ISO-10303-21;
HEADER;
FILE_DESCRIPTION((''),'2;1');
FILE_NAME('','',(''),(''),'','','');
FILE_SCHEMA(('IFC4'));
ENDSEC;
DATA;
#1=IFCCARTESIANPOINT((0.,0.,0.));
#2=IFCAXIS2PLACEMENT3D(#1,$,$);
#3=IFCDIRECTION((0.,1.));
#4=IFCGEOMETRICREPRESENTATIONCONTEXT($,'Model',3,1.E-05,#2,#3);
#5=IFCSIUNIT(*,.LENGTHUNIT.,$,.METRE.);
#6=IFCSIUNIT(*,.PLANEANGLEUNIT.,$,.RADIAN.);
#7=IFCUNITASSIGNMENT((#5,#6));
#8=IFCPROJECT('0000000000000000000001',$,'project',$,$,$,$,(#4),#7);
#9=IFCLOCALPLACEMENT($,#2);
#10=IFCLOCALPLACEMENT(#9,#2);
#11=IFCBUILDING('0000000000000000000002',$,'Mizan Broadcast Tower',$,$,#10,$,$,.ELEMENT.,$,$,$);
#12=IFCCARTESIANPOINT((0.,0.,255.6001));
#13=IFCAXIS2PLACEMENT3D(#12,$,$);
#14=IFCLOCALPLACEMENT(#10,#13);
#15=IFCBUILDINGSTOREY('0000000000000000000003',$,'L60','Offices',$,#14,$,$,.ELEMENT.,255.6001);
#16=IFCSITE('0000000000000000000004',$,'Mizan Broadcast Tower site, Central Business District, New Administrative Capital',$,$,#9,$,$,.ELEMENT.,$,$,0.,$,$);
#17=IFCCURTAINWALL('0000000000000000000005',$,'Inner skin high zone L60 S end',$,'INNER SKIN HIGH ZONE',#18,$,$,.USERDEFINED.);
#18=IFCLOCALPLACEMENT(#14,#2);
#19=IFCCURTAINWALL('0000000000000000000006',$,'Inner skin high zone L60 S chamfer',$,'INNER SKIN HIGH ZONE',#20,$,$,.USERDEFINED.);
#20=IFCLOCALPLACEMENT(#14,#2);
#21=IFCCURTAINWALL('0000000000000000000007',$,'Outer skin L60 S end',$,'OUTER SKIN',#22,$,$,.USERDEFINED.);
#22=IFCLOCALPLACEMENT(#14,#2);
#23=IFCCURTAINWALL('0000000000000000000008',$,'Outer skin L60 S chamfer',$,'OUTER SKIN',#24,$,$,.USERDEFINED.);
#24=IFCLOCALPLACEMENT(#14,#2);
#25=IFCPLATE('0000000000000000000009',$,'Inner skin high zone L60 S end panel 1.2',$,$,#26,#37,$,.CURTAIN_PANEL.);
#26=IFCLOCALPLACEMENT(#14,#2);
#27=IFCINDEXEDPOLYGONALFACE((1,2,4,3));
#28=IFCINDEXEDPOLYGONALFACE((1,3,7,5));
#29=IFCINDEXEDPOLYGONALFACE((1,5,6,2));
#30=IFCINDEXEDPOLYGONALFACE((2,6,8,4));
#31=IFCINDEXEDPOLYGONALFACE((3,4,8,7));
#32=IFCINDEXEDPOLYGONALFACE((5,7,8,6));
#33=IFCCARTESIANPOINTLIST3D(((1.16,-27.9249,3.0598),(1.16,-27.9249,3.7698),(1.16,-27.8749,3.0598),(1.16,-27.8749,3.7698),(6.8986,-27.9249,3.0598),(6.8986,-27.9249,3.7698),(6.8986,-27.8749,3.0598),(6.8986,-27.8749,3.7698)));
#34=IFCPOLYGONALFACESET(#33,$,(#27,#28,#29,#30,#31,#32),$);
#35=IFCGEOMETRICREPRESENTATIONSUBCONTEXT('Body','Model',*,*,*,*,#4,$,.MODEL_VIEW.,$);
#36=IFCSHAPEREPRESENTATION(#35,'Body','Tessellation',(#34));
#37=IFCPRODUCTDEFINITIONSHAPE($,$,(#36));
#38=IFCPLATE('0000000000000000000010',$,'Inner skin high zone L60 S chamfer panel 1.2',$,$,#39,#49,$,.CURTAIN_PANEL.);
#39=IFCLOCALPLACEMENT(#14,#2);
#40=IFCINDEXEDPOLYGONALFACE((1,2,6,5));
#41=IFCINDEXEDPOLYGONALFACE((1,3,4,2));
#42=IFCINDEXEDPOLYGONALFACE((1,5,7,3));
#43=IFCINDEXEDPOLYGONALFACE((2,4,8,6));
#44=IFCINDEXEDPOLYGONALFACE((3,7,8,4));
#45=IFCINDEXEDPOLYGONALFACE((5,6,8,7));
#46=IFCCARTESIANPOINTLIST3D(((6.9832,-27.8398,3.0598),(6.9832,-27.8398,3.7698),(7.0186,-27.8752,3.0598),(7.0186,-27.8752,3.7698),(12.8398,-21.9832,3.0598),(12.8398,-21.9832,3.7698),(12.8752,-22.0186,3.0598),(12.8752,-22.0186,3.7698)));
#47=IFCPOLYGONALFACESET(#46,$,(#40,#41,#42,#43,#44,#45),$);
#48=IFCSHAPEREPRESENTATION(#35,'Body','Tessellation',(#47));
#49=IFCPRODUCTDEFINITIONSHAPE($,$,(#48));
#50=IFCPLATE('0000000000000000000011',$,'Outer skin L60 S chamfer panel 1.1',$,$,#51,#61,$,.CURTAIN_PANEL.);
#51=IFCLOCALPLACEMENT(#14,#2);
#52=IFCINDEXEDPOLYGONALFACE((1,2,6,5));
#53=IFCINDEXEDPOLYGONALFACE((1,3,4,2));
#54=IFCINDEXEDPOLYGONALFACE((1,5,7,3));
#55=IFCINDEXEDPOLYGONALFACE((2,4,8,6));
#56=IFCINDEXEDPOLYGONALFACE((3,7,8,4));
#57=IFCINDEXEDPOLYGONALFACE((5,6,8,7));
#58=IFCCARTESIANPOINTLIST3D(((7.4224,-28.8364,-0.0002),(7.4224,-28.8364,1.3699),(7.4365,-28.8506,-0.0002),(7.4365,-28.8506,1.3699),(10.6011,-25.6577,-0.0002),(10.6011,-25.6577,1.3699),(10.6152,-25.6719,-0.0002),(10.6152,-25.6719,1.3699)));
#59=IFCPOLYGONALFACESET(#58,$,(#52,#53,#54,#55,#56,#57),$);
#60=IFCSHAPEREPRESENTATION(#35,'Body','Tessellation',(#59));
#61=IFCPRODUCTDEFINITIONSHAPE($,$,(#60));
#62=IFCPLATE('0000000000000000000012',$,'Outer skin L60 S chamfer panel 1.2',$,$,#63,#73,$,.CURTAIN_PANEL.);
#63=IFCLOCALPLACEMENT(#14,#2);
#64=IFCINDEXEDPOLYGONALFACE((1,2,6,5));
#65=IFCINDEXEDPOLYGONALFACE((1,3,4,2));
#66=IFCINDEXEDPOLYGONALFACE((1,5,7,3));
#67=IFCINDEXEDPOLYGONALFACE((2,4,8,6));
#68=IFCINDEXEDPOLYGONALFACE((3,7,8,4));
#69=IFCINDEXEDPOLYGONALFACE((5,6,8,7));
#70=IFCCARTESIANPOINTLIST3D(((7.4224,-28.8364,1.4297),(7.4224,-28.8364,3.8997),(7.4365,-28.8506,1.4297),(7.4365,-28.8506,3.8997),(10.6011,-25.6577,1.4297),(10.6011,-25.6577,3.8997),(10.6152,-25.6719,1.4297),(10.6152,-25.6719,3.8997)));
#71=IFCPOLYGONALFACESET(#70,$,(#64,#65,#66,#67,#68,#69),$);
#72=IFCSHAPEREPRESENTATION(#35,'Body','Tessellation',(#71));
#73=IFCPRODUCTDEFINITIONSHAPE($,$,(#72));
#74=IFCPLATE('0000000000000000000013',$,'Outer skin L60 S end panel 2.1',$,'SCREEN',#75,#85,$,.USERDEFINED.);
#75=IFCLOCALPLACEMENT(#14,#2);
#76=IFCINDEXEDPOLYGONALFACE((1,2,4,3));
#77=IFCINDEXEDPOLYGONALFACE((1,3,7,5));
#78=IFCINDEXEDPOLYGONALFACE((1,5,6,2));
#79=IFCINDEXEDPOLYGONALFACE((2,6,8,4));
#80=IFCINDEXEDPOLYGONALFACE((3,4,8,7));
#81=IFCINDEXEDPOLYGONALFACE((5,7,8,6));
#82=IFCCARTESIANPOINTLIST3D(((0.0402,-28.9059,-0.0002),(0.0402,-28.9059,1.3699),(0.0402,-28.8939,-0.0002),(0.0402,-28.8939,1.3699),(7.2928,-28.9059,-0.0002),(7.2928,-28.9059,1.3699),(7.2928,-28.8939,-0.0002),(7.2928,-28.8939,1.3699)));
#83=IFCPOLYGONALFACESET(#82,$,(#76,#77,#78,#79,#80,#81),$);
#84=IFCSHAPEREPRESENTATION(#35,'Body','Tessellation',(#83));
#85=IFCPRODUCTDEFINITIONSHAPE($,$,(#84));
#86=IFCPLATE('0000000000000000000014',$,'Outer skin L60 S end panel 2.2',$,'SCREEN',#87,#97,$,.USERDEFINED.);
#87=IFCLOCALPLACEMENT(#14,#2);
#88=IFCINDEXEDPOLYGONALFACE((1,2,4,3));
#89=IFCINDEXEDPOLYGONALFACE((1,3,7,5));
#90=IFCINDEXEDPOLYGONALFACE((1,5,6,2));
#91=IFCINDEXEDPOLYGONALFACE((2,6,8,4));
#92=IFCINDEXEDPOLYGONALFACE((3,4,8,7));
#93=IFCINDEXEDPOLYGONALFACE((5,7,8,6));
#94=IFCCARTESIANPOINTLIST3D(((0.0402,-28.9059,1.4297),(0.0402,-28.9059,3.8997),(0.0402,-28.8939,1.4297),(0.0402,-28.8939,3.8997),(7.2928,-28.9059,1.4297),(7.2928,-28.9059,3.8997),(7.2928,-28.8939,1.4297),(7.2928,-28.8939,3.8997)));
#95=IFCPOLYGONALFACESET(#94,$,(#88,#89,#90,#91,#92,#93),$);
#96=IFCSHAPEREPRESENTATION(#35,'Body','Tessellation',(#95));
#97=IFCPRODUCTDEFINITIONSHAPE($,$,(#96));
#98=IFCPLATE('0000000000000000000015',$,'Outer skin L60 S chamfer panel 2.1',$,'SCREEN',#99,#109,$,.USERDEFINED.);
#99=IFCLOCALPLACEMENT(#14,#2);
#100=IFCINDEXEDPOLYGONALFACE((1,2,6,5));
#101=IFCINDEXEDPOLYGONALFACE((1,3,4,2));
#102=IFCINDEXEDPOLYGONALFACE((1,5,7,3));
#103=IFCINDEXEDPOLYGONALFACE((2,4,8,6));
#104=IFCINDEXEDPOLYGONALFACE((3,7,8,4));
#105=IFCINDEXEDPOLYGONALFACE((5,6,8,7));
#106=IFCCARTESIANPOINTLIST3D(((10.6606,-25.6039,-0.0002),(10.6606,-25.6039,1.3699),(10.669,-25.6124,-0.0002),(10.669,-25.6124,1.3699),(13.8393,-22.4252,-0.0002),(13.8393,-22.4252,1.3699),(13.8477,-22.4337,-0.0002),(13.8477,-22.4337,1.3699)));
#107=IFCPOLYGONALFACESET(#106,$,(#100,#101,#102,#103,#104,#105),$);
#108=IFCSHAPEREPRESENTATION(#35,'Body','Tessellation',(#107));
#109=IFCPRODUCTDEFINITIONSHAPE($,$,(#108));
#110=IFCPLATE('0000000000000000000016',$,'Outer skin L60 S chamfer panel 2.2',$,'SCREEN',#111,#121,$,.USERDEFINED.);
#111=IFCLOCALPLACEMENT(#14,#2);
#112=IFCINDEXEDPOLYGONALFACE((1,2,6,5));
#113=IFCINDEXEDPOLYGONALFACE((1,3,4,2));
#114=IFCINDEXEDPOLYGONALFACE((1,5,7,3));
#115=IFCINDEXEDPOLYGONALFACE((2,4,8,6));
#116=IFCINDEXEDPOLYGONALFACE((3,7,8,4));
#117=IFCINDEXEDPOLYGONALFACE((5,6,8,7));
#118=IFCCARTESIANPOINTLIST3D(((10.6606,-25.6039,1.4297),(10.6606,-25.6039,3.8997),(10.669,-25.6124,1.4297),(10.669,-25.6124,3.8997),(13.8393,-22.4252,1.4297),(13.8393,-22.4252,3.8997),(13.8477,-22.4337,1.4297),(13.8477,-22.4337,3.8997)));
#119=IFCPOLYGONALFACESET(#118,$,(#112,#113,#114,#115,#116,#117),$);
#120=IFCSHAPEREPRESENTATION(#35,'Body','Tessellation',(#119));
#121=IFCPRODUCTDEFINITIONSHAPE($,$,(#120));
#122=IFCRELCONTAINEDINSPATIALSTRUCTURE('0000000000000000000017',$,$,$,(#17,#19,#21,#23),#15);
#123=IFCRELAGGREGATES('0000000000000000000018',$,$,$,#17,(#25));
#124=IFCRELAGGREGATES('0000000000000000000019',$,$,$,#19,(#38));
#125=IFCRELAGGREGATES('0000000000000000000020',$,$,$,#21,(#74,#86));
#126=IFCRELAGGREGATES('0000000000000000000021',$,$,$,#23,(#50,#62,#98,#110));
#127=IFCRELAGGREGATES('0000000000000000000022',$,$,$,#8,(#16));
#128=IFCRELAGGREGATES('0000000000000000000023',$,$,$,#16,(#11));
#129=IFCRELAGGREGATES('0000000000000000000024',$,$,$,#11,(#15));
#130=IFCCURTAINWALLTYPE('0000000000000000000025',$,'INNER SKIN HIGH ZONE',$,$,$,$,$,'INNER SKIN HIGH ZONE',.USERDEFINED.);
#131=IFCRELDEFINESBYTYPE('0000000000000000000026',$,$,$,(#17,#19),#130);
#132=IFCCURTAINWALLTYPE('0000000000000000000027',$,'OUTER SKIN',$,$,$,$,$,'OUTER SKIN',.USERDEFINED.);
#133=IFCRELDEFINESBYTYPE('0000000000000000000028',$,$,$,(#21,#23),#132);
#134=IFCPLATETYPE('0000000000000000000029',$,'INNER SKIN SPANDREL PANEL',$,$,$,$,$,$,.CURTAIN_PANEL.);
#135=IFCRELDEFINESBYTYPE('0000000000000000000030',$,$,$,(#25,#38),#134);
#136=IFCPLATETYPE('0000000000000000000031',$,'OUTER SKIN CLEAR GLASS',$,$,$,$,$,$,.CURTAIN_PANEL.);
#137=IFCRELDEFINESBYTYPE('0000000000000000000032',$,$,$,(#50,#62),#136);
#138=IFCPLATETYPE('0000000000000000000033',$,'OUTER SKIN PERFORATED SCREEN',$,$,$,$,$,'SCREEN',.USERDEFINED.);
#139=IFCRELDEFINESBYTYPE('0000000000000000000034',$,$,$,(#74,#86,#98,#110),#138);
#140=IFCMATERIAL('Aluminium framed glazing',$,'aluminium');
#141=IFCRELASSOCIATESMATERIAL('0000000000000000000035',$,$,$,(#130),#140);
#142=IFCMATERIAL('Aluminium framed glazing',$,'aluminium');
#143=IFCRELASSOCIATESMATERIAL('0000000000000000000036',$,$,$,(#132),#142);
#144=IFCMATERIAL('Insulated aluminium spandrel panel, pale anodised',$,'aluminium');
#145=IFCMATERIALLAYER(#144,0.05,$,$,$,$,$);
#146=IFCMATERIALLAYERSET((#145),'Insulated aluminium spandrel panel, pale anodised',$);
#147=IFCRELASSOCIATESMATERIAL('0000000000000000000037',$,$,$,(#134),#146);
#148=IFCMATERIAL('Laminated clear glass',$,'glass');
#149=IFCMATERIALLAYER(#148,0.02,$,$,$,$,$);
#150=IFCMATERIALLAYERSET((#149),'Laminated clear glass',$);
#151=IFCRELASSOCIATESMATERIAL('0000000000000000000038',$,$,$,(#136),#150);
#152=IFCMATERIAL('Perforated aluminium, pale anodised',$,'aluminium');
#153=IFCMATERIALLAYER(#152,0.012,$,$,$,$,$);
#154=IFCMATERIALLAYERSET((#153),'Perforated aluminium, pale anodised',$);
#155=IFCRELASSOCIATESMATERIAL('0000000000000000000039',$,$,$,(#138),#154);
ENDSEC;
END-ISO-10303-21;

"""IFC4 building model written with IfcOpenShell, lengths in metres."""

from ifc_helpers import new_model, si_unit, direction, frame, origin, origin_2d, place, context, subcontext, project, spatial, rectangle, extrude, material, layer, layer_set, type_object, element, aggregate, save


model = new_model("IFC4")

# Units and contexts
model_context = context("Model", 3, precision=1e-05, world=origin(), true_north=direction((0.0, 1.0)))
body_context = subcontext(model_context, "Body", "Model", "MODEL_VIEW")
ifc_project = project(units=[si_unit("LENGTHUNIT", "METRE"), si_unit("PLANEANGLEUNIT", "RADIAN")], contexts=[model_context])

# Site, building, storey
site_placement = place(None, origin())
site = spatial("IfcSite", under=ifc_project, at=site_placement, Name="Mizan Broadcast Tower site, Central Business District, New Administrative Capital", CompositionType="ELEMENT", RefElevation=0.0)
building_placement = place(site_placement, origin())
building = spatial("IfcBuilding", under=site, at=building_placement, Name="Mizan Broadcast Tower", CompositionType="ELEMENT")
storey_placement = place(building_placement, frame((0.0, 0.0, 255.6001)))
storey = spatial("IfcBuildingStorey", under=building, at=storey_placement, Name="L60", Description="Offices", CompositionType="ELEMENT", Elevation=255.6001)

# Curtain wall
ifc_material_1 = material(Name="Aluminium framed glazing", Category="aluminium")
curtain_wall_type_1 = type_object("IfcCurtainWallType", Name="INNER SKIN HIGH ZONE", ElementType="INNER SKIN HIGH ZONE", PredefinedType="USERDEFINED", material=ifc_material_1)
curtain_wall_1_placement = place(storey_placement, origin())
curtain_wall_1 = element("IfcCurtainWall", 1, at=curtain_wall_1_placement, inside=storey, type_object=curtain_wall_type_1, Name="Inner skin high zone L60 S end", ObjectType="INNER SKIN HIGH ZONE", PredefinedType="USERDEFINED")

# Curtain wall
curtain_wall_2_placement = place(storey_placement, origin())
curtain_wall_2 = element("IfcCurtainWall", 2, at=curtain_wall_2_placement, inside=storey, type_object=curtain_wall_type_1, Name="Inner skin high zone L60 S chamfer", ObjectType="INNER SKIN HIGH ZONE", PredefinedType="USERDEFINED")

# Curtain wall
ifc_material_2 = material(Name="Aluminium framed glazing", Category="aluminium")
curtain_wall_type_2 = type_object("IfcCurtainWallType", Name="OUTER SKIN", ElementType="OUTER SKIN", PredefinedType="USERDEFINED", material=ifc_material_2)
curtain_wall_3_placement = place(storey_placement, origin())
curtain_wall_3 = element("IfcCurtainWall", 3, at=curtain_wall_3_placement, inside=storey, type_object=curtain_wall_type_2, Name="Outer skin L60 S end", ObjectType="OUTER SKIN", PredefinedType="USERDEFINED")

# Curtain wall
curtain_wall_4_placement = place(storey_placement, origin())
curtain_wall_4 = element("IfcCurtainWall", 4, at=curtain_wall_4_placement, inside=storey, type_object=curtain_wall_type_2, Name="Outer skin L60 S chamfer", ObjectType="OUTER SKIN", PredefinedType="USERDEFINED")

# Plates
ifc_material_3 = material(Name="Insulated aluminium spandrel panel, pale anodised", Category="aluminium")
ifc_layer_1 = layer(ifc_material_3, 0.05)
ifc_layer_set_1 = layer_set([ifc_layer_1], Name="Insulated aluminium spandrel panel, pale anodised")
plate_type_1 = type_object("IfcPlateType", Name="INNER SKIN SPANDREL PANEL", PredefinedType="CURTAIN_PANEL", material=ifc_layer_set_1)
plate_1_placement = place(storey_placement, frame((4.0293, -27.8999, 3.0598), z_axis=(0.0, 0.0, 1.0), x_axis=(1.0, 0.0, 0.0)))
plate_1 = element("IfcPlate", 5, at=plate_1_placement, type_object=plate_type_1, Name="Inner skin high zone L60 S end panel 1.2", PredefinedType="CURTAIN_PANEL", context=body_context, shape_type="SweptSolid", body=[
    extrude(rectangle(XDim=5.7385, YDim=0.05, at=origin_2d()), origin(), (0.0, 0.0, 1.0), 0.71),
])
aggregate(curtain_wall_1, [plate_1])
plate_2_placement = place(storey_placement, frame((9.9292, -24.9292, 3.0598), z_axis=(0.0, 0.0, 1.0), x_axis=(0.707107, 0.707107, 0.0)))
plate_2 = element("IfcPlate", 6, at=plate_2_placement, type_object=plate_type_1, Name="Inner skin high zone L60 S chamfer panel 1.2", PredefinedType="CURTAIN_PANEL", context=body_context, shape_type="SweptSolid", body=[
    extrude(rectangle(XDim=8.2825, YDim=0.05, at=origin_2d()), origin(), (0.0, 0.0, 1.0), 0.71),
])
aggregate(curtain_wall_2, [plate_2])
ifc_material_4 = material(Name="Laminated clear glass", Category="glass")
ifc_layer_2 = layer(ifc_material_4, 0.02)
ifc_layer_set_2 = layer_set([ifc_layer_2], Name="Laminated clear glass")
plate_type_2 = type_object("IfcPlateType", Name="OUTER SKIN CLEAR GLASS", PredefinedType="CURTAIN_PANEL", material=ifc_layer_set_2)
plate_3_placement = place(storey_placement, frame((9.0188, -27.2542, -0.0002), z_axis=(0.0, 0.0, 1.0), x_axis=(0.707107, 0.707107, 0.0)))
plate_3 = element("IfcPlate", 7, at=plate_3_placement, type_object=plate_type_2, Name="Outer skin L60 S chamfer panel 1.1", PredefinedType="CURTAIN_PANEL", context=body_context, shape_type="SweptSolid", body=[
    extrude(rectangle(XDim=4.4954, YDim=0.02, at=origin_2d()), origin(), (0.0, 0.0, 1.0), 1.3701),
])
plate_4_placement = place(storey_placement, frame((9.0188, -27.2542, 1.4297), z_axis=(0.0, 0.0, 1.0), x_axis=(0.707107, 0.707107, 0.0)))
plate_4 = element("IfcPlate", 8, at=plate_4_placement, type_object=plate_type_2, Name="Outer skin L60 S chamfer panel 1.2", PredefinedType="CURTAIN_PANEL", context=body_context, shape_type="SweptSolid", body=[
    extrude(rectangle(XDim=4.4954, YDim=0.02, at=origin_2d()), origin(), (0.0, 0.0, 1.0), 2.47),
])
ifc_material_5 = material(Name="Perforated aluminium, pale anodised", Category="aluminium")
ifc_layer_3 = layer(ifc_material_5, 0.012)
ifc_layer_set_3 = layer_set([ifc_layer_3], Name="Perforated aluminium, pale anodised")
plate_type_3 = type_object("IfcPlateType", Name="OUTER SKIN PERFORATED SCREEN", ElementType="SCREEN", PredefinedType="USERDEFINED", material=ifc_layer_set_3)
plate_5_placement = place(storey_placement, frame((3.6665, -28.8999, -0.0002), z_axis=(0.0, 0.0, 1.0), x_axis=(1.0, 0.0, 0.0)))
plate_5 = element("IfcPlate", 9, at=plate_5_placement, type_object=plate_type_3, Name="Outer skin L60 S end panel 2.1", ObjectType="SCREEN", PredefinedType="USERDEFINED", context=body_context, shape_type="SweptSolid", body=[
    extrude(rectangle(XDim=7.2527, YDim=0.012, at=origin_2d()), origin(), (0.0, 0.0, 1.0), 1.3701),
])
plate_6_placement = place(storey_placement, frame((3.6665, -28.8999, 1.4297), z_axis=(0.0, 0.0, 1.0), x_axis=(1.0, 0.0, 0.0)))
plate_6 = element("IfcPlate", 10, at=plate_6_placement, type_object=plate_type_3, Name="Outer skin L60 S end panel 2.2", ObjectType="SCREEN", PredefinedType="USERDEFINED", context=body_context, shape_type="SweptSolid", body=[
    extrude(rectangle(XDim=7.2527, YDim=0.012, at=origin_2d()), origin(), (0.0, 0.0, 1.0), 2.47),
])
aggregate(curtain_wall_3, [plate_5, plate_6])
plate_7_placement = place(storey_placement, frame((12.2542, -24.0188, -0.0002), z_axis=(0.0, 0.0, 1.0), x_axis=(0.707107, 0.707107, 0.0)))
plate_7 = element("IfcPlate", 11, at=plate_7_placement, type_object=plate_type_3, Name="Outer skin L60 S chamfer panel 2.1", ObjectType="SCREEN", PredefinedType="USERDEFINED", context=body_context, shape_type="SweptSolid", body=[
    extrude(rectangle(XDim=4.4954, YDim=0.012, at=origin_2d()), origin(), (0.0, 0.0, 1.0), 1.3701),
])
plate_8_placement = place(storey_placement, frame((12.2542, -24.0188, 1.4297), z_axis=(0.0, 0.0, 1.0), x_axis=(0.707107, 0.707107, 0.0)))
plate_8 = element("IfcPlate", 12, at=plate_8_placement, type_object=plate_type_3, Name="Outer skin L60 S chamfer panel 2.2", ObjectType="SCREEN", PredefinedType="USERDEFINED", context=body_context, shape_type="SweptSolid", body=[
    extrude(rectangle(XDim=4.4954, YDim=0.012, at=origin_2d()), origin(), (0.0, 0.0, 1.0), 2.47),
])
aggregate(curtain_wall_4, [plate_3, plate_4, plate_7, plate_8])

save(model, "model.ifc")
